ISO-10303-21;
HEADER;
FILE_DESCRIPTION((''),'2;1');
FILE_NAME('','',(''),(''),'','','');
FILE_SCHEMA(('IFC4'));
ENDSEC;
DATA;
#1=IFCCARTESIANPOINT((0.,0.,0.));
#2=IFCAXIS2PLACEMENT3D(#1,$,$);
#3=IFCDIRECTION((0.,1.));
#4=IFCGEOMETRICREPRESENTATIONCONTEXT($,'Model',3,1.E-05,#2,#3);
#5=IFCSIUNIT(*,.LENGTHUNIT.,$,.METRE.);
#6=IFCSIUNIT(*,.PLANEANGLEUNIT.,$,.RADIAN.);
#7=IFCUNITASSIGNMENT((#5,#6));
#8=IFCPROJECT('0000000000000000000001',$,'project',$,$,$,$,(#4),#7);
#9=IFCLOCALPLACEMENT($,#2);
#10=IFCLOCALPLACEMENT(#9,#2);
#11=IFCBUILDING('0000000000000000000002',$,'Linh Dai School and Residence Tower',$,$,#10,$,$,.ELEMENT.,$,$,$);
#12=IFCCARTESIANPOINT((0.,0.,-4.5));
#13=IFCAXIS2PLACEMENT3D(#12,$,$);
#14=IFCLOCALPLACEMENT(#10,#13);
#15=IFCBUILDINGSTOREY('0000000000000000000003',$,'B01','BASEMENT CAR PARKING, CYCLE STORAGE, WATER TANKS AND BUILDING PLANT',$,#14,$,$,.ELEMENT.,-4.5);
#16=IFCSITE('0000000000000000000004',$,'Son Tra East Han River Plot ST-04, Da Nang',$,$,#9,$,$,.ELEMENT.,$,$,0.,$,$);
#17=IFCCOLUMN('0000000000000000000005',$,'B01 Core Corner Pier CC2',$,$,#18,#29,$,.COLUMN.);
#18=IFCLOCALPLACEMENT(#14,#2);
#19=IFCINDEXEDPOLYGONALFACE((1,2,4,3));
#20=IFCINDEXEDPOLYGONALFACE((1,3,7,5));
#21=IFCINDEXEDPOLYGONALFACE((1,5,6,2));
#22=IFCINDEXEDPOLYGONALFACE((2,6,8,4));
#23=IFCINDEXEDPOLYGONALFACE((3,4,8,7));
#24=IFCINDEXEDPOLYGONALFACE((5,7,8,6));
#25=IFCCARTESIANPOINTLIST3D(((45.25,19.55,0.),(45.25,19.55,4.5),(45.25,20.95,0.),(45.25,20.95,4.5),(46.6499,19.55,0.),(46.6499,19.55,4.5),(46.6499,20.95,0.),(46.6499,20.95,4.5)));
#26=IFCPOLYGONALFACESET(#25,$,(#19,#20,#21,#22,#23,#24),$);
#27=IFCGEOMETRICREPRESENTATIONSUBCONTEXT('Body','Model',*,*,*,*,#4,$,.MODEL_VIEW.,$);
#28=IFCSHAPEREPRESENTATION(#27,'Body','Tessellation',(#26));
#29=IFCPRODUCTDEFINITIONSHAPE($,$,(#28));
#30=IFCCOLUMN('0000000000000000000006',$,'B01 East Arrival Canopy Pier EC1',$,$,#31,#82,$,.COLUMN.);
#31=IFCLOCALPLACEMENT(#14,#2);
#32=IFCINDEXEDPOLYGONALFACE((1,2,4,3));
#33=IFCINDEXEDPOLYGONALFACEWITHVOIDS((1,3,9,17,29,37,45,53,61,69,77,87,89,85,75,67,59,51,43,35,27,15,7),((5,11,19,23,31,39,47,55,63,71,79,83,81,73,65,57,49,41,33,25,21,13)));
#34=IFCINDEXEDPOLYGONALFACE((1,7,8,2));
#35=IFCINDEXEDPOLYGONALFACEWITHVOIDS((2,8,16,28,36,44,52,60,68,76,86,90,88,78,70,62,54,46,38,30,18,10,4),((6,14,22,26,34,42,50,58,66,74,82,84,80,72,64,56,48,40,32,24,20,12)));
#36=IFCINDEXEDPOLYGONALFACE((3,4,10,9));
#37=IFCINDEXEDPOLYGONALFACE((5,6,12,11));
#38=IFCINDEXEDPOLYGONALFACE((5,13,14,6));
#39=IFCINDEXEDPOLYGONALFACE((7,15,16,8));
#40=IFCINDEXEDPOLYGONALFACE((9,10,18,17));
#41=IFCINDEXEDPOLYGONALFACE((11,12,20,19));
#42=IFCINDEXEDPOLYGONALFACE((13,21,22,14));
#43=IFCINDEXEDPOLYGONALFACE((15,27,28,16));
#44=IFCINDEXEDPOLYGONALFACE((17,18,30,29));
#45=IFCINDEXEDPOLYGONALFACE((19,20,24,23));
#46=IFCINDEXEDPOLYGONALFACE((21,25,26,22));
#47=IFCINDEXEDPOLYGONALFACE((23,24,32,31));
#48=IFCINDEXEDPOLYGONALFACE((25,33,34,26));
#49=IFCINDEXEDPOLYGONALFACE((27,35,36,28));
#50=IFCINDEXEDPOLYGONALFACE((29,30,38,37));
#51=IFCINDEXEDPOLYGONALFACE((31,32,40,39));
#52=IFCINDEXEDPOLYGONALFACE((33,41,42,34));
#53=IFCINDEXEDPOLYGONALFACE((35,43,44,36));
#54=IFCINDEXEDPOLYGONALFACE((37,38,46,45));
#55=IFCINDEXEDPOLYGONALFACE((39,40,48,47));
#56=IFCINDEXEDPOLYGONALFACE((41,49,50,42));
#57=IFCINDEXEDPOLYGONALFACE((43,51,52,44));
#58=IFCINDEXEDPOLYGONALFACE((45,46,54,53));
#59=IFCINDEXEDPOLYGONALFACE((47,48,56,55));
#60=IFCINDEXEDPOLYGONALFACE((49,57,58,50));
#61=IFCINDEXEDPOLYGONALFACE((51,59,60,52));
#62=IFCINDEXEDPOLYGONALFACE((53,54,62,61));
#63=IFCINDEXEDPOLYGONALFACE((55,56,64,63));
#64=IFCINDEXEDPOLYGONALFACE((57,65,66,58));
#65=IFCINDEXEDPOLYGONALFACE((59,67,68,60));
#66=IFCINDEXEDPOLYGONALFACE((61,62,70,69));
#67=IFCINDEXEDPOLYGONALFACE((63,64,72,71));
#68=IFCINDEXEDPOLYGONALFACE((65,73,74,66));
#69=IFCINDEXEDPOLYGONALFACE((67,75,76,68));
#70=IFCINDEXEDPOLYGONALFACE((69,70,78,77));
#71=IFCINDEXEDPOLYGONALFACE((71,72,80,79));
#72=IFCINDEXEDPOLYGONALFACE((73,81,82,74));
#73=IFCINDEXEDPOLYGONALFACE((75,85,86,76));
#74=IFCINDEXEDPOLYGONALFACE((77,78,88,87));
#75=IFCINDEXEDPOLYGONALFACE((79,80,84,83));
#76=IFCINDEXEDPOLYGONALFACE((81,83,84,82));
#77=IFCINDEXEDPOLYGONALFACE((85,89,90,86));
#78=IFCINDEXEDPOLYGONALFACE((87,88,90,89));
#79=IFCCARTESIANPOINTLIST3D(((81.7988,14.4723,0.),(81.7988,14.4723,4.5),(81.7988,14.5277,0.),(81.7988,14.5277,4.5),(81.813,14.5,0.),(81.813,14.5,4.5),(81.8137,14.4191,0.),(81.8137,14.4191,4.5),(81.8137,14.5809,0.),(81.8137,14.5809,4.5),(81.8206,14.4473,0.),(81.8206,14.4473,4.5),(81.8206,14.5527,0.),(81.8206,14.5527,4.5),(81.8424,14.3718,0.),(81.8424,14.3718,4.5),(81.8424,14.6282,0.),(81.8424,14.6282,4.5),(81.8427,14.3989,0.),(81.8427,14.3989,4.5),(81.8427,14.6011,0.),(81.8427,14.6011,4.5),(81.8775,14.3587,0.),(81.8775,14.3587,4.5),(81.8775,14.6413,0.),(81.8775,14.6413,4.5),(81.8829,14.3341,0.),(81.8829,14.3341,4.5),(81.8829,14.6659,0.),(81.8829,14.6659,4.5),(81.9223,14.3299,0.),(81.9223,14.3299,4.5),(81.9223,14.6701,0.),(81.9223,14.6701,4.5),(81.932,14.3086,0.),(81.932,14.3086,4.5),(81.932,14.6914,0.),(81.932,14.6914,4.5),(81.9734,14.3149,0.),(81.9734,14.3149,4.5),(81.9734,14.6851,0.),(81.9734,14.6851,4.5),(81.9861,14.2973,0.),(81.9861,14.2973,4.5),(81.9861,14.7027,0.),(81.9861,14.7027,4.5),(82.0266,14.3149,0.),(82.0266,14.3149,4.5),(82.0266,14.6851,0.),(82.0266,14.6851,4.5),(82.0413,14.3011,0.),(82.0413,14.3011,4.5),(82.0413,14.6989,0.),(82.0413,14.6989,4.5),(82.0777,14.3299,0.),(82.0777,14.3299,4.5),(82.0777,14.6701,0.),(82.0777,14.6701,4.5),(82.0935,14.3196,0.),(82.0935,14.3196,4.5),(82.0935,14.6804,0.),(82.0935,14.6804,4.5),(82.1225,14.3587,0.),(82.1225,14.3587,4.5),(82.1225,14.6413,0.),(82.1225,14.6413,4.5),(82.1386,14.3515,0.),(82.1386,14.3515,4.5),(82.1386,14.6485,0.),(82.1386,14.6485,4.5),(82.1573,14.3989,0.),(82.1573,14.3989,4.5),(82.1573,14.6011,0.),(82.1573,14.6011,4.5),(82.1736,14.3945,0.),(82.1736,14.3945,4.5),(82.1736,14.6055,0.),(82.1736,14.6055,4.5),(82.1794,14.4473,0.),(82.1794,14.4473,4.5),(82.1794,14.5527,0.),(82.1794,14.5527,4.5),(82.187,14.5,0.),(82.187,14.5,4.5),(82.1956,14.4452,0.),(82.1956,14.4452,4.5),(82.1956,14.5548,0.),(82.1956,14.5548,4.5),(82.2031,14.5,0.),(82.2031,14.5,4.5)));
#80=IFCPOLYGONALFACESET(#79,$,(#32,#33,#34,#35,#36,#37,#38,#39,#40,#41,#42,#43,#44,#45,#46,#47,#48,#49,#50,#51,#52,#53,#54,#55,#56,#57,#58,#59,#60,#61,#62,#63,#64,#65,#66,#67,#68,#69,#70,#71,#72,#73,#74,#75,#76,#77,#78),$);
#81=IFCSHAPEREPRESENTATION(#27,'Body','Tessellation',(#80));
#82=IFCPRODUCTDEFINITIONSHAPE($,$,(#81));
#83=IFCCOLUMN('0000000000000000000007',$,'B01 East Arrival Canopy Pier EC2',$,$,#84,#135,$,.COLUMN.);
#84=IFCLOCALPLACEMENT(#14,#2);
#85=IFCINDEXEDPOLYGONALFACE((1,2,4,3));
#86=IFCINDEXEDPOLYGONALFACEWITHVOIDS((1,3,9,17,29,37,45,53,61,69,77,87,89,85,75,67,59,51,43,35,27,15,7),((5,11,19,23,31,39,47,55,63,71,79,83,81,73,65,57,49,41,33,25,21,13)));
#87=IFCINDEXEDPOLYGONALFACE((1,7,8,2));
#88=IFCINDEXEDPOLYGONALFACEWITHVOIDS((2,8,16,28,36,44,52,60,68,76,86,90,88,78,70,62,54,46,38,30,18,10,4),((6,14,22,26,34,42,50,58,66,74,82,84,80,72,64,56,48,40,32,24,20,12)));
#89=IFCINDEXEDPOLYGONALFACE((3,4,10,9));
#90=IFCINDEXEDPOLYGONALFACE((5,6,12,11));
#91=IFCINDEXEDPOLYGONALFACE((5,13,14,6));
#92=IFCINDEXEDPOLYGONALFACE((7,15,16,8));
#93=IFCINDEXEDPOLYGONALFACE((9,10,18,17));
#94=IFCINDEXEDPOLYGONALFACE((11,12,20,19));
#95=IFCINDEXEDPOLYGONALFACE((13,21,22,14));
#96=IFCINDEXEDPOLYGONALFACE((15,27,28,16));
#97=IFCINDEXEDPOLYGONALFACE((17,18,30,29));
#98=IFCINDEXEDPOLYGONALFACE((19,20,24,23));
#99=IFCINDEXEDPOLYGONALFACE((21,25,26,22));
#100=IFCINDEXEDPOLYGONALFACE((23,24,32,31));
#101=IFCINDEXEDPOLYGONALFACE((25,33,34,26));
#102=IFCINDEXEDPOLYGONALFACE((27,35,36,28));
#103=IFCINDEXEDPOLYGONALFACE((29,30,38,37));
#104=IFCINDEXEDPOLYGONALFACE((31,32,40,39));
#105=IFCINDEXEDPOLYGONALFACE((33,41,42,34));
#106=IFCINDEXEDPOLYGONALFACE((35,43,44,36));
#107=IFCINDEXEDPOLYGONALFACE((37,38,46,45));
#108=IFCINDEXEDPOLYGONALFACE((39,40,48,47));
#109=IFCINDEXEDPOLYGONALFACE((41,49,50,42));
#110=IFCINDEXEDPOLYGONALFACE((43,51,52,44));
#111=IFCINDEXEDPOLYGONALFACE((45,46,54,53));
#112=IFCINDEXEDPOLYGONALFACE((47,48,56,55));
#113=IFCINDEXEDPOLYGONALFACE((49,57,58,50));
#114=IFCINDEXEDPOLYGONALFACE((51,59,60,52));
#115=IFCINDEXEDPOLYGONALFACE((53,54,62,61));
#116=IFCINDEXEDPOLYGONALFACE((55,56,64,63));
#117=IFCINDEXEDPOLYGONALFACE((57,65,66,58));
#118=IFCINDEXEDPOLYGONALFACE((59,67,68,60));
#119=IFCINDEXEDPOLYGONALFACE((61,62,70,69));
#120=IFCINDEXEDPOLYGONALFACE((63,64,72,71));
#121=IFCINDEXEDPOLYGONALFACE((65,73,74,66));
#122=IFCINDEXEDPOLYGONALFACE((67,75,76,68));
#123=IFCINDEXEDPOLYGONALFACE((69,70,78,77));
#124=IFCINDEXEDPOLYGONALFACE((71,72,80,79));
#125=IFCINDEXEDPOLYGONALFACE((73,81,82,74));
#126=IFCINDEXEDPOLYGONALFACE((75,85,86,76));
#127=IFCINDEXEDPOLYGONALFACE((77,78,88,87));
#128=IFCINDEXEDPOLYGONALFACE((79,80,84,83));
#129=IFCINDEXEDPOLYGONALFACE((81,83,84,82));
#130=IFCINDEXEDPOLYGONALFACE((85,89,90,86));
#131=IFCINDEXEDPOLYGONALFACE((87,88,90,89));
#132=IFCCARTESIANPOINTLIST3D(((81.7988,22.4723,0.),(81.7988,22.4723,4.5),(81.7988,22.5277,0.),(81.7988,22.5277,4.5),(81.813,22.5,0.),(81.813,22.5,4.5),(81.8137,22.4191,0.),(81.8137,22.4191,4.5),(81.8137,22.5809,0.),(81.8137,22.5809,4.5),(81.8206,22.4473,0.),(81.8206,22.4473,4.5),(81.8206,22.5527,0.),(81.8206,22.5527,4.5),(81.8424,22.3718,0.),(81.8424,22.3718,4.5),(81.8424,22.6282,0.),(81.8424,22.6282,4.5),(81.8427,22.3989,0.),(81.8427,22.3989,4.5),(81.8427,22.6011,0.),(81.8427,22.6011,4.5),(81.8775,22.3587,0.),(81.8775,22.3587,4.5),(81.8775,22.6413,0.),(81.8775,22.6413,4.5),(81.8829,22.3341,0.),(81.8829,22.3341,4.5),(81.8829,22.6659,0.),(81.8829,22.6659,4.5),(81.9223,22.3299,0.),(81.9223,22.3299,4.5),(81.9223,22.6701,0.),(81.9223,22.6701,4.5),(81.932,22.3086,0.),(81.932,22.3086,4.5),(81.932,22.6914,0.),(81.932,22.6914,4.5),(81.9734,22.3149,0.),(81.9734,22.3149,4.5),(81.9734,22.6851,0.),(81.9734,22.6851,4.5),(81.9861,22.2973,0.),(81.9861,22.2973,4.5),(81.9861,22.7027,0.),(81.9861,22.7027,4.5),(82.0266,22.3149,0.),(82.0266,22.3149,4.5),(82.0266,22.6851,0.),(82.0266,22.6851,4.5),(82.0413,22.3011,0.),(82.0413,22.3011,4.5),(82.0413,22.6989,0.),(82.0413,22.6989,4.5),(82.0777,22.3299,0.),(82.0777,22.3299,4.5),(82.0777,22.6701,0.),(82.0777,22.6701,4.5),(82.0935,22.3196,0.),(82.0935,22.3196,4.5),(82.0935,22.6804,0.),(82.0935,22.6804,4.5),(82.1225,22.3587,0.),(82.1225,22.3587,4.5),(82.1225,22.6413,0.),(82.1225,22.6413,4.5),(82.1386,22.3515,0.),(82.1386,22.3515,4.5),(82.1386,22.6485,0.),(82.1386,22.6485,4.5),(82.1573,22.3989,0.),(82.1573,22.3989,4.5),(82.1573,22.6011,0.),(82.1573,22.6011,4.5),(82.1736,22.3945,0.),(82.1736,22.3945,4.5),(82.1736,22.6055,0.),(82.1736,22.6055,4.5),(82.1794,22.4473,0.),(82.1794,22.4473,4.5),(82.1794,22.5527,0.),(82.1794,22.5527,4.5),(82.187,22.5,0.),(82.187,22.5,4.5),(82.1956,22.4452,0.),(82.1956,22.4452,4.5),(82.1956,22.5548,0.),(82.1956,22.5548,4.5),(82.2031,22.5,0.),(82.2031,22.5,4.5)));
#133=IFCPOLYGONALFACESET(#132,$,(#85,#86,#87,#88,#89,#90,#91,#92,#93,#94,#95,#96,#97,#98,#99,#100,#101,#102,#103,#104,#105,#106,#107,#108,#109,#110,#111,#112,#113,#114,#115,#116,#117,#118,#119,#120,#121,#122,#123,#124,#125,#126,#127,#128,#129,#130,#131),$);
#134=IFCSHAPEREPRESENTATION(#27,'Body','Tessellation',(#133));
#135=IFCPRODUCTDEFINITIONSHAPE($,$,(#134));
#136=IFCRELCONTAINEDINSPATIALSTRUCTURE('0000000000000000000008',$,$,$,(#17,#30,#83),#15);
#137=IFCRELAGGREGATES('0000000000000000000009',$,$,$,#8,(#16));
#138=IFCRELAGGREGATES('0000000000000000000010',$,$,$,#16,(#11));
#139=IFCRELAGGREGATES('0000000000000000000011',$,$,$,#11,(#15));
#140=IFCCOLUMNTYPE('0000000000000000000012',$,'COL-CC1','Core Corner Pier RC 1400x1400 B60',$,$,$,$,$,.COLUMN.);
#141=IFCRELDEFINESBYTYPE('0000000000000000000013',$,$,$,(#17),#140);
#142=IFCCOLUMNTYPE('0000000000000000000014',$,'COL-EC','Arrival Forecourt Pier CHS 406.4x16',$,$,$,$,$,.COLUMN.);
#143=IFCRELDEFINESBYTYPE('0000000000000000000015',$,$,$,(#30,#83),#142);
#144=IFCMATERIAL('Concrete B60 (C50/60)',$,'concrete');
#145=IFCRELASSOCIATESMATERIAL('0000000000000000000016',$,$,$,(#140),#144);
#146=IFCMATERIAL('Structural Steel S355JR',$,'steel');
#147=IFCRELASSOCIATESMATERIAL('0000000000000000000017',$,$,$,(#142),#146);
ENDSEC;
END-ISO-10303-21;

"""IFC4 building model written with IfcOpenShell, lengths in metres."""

from ifc_helpers import new_model, si_unit, direction, frame, origin, origin_2d, place, context, subcontext, project, spatial, rectangle, hollow_circle, extrude, material, material_profile, profile_set, type_object, element, save


model = new_model("IFC4")

# Units and contexts
model_context = context("Model", 3, precision=1e-05, world=origin(), true_north=direction((0.0, 1.0)))
body_context = subcontext(model_context, "Body", "Model", "MODEL_VIEW")
ifc_project = project(units=[si_unit("LENGTHUNIT", "METRE"), si_unit("PLANEANGLEUNIT", "RADIAN")], contexts=[model_context])

# Site, building, storey
site_placement = place(None, origin())
site = spatial("IfcSite", under=ifc_project, at=site_placement, Name="Son Tra East Han River Plot ST-04, Da Nang", CompositionType="ELEMENT", RefElevation=0.0)
building_placement = place(site_placement, origin())
building = spatial("IfcBuilding", under=site, at=building_placement, Name="Linh Dai School and Residence Tower", CompositionType="ELEMENT")
storey_placement = place(building_placement, frame((0.0, 0.0, -4.5)))
storey = spatial("IfcBuildingStorey", under=building, at=storey_placement, Name="B01", Description="BASEMENT CAR PARKING, CYCLE STORAGE, WATER TANKS AND BUILDING PLANT", CompositionType="ELEMENT", Elevation=-4.5)

# Columns
ifc_material_1 = material(Name="Concrete B60 (C50/60)", Category="concrete")
ifc_material_profile_1 = material_profile(ifc_material_1, rectangle(XDim=1.3999, YDim=1.3999, at=origin_2d()), Name="RC 1400x1400")
ifc_profile_set_1 = profile_set([ifc_material_profile_1], Name="Concrete B60 (C50/60)")
column_type_1 = type_object("IfcColumnType", Name="COL-CC1", Description="Core Corner Pier RC 1400x1400 B60", PredefinedType="COLUMN", material=ifc_profile_set_1)
column_placement = place(storey_placement, frame((45.95, 20.25, 0.0), z_axis=(0.0, 0.0, 1.0), x_axis=(1.0, 0.0, 0.0)))
element("IfcColumn", 1, at=column_placement, inside=storey, type_object=column_type_1, Name="B01 Core Corner Pier CC2", PredefinedType="COLUMN", context=body_context, shape_type="SweptSolid", body=[
    extrude(rectangle(XDim=1.3999, YDim=1.3999, at=origin_2d()), origin(), (0.0, 0.0, 1.0), 4.5),
])
ifc_material_2 = material(Name="Structural Steel S355JR", Category="steel")
ifc_material_profile_2 = material_profile(ifc_material_2, hollow_circle(Radius=0.2031, WallThickness=0.0161, at=origin_2d()), Name="CHS 406.4x16")
ifc_profile_set_2 = profile_set([ifc_material_profile_2], Name="Structural Steel S355JR")
column_type_2 = type_object("IfcColumnType", Name="COL-EC", Description="Arrival Forecourt Pier CHS 406.4x16", PredefinedType="COLUMN", material=ifc_profile_set_2)
for number, where, z_axis, x_axis, name in (
    (2, (82.0, 14.5, 0.0), (0.0, 0.0, 1.0), (1.0, 0.0, 0.0), "B01 East Arrival Canopy Pier EC1"),
    (3, (82.0, 22.5, 0.0), (0.0, 0.0, 1.0), (1.0, 0.0, 0.0), "B01 East Arrival Canopy Pier EC2"),
):
    element("IfcColumn", number, at=place(storey_placement, frame(where, z_axis=z_axis, x_axis=x_axis)), inside=storey, type_object=column_type_2, Name=name, PredefinedType="COLUMN", context=body_context, shape_type="SweptSolid", body=[
        extrude(hollow_circle(Radius=0.2031, WallThickness=0.0161, at=origin_2d()), origin(), (0.0, 0.0, 1.0), 4.5),
    ])

save(model, "model.ifc")
